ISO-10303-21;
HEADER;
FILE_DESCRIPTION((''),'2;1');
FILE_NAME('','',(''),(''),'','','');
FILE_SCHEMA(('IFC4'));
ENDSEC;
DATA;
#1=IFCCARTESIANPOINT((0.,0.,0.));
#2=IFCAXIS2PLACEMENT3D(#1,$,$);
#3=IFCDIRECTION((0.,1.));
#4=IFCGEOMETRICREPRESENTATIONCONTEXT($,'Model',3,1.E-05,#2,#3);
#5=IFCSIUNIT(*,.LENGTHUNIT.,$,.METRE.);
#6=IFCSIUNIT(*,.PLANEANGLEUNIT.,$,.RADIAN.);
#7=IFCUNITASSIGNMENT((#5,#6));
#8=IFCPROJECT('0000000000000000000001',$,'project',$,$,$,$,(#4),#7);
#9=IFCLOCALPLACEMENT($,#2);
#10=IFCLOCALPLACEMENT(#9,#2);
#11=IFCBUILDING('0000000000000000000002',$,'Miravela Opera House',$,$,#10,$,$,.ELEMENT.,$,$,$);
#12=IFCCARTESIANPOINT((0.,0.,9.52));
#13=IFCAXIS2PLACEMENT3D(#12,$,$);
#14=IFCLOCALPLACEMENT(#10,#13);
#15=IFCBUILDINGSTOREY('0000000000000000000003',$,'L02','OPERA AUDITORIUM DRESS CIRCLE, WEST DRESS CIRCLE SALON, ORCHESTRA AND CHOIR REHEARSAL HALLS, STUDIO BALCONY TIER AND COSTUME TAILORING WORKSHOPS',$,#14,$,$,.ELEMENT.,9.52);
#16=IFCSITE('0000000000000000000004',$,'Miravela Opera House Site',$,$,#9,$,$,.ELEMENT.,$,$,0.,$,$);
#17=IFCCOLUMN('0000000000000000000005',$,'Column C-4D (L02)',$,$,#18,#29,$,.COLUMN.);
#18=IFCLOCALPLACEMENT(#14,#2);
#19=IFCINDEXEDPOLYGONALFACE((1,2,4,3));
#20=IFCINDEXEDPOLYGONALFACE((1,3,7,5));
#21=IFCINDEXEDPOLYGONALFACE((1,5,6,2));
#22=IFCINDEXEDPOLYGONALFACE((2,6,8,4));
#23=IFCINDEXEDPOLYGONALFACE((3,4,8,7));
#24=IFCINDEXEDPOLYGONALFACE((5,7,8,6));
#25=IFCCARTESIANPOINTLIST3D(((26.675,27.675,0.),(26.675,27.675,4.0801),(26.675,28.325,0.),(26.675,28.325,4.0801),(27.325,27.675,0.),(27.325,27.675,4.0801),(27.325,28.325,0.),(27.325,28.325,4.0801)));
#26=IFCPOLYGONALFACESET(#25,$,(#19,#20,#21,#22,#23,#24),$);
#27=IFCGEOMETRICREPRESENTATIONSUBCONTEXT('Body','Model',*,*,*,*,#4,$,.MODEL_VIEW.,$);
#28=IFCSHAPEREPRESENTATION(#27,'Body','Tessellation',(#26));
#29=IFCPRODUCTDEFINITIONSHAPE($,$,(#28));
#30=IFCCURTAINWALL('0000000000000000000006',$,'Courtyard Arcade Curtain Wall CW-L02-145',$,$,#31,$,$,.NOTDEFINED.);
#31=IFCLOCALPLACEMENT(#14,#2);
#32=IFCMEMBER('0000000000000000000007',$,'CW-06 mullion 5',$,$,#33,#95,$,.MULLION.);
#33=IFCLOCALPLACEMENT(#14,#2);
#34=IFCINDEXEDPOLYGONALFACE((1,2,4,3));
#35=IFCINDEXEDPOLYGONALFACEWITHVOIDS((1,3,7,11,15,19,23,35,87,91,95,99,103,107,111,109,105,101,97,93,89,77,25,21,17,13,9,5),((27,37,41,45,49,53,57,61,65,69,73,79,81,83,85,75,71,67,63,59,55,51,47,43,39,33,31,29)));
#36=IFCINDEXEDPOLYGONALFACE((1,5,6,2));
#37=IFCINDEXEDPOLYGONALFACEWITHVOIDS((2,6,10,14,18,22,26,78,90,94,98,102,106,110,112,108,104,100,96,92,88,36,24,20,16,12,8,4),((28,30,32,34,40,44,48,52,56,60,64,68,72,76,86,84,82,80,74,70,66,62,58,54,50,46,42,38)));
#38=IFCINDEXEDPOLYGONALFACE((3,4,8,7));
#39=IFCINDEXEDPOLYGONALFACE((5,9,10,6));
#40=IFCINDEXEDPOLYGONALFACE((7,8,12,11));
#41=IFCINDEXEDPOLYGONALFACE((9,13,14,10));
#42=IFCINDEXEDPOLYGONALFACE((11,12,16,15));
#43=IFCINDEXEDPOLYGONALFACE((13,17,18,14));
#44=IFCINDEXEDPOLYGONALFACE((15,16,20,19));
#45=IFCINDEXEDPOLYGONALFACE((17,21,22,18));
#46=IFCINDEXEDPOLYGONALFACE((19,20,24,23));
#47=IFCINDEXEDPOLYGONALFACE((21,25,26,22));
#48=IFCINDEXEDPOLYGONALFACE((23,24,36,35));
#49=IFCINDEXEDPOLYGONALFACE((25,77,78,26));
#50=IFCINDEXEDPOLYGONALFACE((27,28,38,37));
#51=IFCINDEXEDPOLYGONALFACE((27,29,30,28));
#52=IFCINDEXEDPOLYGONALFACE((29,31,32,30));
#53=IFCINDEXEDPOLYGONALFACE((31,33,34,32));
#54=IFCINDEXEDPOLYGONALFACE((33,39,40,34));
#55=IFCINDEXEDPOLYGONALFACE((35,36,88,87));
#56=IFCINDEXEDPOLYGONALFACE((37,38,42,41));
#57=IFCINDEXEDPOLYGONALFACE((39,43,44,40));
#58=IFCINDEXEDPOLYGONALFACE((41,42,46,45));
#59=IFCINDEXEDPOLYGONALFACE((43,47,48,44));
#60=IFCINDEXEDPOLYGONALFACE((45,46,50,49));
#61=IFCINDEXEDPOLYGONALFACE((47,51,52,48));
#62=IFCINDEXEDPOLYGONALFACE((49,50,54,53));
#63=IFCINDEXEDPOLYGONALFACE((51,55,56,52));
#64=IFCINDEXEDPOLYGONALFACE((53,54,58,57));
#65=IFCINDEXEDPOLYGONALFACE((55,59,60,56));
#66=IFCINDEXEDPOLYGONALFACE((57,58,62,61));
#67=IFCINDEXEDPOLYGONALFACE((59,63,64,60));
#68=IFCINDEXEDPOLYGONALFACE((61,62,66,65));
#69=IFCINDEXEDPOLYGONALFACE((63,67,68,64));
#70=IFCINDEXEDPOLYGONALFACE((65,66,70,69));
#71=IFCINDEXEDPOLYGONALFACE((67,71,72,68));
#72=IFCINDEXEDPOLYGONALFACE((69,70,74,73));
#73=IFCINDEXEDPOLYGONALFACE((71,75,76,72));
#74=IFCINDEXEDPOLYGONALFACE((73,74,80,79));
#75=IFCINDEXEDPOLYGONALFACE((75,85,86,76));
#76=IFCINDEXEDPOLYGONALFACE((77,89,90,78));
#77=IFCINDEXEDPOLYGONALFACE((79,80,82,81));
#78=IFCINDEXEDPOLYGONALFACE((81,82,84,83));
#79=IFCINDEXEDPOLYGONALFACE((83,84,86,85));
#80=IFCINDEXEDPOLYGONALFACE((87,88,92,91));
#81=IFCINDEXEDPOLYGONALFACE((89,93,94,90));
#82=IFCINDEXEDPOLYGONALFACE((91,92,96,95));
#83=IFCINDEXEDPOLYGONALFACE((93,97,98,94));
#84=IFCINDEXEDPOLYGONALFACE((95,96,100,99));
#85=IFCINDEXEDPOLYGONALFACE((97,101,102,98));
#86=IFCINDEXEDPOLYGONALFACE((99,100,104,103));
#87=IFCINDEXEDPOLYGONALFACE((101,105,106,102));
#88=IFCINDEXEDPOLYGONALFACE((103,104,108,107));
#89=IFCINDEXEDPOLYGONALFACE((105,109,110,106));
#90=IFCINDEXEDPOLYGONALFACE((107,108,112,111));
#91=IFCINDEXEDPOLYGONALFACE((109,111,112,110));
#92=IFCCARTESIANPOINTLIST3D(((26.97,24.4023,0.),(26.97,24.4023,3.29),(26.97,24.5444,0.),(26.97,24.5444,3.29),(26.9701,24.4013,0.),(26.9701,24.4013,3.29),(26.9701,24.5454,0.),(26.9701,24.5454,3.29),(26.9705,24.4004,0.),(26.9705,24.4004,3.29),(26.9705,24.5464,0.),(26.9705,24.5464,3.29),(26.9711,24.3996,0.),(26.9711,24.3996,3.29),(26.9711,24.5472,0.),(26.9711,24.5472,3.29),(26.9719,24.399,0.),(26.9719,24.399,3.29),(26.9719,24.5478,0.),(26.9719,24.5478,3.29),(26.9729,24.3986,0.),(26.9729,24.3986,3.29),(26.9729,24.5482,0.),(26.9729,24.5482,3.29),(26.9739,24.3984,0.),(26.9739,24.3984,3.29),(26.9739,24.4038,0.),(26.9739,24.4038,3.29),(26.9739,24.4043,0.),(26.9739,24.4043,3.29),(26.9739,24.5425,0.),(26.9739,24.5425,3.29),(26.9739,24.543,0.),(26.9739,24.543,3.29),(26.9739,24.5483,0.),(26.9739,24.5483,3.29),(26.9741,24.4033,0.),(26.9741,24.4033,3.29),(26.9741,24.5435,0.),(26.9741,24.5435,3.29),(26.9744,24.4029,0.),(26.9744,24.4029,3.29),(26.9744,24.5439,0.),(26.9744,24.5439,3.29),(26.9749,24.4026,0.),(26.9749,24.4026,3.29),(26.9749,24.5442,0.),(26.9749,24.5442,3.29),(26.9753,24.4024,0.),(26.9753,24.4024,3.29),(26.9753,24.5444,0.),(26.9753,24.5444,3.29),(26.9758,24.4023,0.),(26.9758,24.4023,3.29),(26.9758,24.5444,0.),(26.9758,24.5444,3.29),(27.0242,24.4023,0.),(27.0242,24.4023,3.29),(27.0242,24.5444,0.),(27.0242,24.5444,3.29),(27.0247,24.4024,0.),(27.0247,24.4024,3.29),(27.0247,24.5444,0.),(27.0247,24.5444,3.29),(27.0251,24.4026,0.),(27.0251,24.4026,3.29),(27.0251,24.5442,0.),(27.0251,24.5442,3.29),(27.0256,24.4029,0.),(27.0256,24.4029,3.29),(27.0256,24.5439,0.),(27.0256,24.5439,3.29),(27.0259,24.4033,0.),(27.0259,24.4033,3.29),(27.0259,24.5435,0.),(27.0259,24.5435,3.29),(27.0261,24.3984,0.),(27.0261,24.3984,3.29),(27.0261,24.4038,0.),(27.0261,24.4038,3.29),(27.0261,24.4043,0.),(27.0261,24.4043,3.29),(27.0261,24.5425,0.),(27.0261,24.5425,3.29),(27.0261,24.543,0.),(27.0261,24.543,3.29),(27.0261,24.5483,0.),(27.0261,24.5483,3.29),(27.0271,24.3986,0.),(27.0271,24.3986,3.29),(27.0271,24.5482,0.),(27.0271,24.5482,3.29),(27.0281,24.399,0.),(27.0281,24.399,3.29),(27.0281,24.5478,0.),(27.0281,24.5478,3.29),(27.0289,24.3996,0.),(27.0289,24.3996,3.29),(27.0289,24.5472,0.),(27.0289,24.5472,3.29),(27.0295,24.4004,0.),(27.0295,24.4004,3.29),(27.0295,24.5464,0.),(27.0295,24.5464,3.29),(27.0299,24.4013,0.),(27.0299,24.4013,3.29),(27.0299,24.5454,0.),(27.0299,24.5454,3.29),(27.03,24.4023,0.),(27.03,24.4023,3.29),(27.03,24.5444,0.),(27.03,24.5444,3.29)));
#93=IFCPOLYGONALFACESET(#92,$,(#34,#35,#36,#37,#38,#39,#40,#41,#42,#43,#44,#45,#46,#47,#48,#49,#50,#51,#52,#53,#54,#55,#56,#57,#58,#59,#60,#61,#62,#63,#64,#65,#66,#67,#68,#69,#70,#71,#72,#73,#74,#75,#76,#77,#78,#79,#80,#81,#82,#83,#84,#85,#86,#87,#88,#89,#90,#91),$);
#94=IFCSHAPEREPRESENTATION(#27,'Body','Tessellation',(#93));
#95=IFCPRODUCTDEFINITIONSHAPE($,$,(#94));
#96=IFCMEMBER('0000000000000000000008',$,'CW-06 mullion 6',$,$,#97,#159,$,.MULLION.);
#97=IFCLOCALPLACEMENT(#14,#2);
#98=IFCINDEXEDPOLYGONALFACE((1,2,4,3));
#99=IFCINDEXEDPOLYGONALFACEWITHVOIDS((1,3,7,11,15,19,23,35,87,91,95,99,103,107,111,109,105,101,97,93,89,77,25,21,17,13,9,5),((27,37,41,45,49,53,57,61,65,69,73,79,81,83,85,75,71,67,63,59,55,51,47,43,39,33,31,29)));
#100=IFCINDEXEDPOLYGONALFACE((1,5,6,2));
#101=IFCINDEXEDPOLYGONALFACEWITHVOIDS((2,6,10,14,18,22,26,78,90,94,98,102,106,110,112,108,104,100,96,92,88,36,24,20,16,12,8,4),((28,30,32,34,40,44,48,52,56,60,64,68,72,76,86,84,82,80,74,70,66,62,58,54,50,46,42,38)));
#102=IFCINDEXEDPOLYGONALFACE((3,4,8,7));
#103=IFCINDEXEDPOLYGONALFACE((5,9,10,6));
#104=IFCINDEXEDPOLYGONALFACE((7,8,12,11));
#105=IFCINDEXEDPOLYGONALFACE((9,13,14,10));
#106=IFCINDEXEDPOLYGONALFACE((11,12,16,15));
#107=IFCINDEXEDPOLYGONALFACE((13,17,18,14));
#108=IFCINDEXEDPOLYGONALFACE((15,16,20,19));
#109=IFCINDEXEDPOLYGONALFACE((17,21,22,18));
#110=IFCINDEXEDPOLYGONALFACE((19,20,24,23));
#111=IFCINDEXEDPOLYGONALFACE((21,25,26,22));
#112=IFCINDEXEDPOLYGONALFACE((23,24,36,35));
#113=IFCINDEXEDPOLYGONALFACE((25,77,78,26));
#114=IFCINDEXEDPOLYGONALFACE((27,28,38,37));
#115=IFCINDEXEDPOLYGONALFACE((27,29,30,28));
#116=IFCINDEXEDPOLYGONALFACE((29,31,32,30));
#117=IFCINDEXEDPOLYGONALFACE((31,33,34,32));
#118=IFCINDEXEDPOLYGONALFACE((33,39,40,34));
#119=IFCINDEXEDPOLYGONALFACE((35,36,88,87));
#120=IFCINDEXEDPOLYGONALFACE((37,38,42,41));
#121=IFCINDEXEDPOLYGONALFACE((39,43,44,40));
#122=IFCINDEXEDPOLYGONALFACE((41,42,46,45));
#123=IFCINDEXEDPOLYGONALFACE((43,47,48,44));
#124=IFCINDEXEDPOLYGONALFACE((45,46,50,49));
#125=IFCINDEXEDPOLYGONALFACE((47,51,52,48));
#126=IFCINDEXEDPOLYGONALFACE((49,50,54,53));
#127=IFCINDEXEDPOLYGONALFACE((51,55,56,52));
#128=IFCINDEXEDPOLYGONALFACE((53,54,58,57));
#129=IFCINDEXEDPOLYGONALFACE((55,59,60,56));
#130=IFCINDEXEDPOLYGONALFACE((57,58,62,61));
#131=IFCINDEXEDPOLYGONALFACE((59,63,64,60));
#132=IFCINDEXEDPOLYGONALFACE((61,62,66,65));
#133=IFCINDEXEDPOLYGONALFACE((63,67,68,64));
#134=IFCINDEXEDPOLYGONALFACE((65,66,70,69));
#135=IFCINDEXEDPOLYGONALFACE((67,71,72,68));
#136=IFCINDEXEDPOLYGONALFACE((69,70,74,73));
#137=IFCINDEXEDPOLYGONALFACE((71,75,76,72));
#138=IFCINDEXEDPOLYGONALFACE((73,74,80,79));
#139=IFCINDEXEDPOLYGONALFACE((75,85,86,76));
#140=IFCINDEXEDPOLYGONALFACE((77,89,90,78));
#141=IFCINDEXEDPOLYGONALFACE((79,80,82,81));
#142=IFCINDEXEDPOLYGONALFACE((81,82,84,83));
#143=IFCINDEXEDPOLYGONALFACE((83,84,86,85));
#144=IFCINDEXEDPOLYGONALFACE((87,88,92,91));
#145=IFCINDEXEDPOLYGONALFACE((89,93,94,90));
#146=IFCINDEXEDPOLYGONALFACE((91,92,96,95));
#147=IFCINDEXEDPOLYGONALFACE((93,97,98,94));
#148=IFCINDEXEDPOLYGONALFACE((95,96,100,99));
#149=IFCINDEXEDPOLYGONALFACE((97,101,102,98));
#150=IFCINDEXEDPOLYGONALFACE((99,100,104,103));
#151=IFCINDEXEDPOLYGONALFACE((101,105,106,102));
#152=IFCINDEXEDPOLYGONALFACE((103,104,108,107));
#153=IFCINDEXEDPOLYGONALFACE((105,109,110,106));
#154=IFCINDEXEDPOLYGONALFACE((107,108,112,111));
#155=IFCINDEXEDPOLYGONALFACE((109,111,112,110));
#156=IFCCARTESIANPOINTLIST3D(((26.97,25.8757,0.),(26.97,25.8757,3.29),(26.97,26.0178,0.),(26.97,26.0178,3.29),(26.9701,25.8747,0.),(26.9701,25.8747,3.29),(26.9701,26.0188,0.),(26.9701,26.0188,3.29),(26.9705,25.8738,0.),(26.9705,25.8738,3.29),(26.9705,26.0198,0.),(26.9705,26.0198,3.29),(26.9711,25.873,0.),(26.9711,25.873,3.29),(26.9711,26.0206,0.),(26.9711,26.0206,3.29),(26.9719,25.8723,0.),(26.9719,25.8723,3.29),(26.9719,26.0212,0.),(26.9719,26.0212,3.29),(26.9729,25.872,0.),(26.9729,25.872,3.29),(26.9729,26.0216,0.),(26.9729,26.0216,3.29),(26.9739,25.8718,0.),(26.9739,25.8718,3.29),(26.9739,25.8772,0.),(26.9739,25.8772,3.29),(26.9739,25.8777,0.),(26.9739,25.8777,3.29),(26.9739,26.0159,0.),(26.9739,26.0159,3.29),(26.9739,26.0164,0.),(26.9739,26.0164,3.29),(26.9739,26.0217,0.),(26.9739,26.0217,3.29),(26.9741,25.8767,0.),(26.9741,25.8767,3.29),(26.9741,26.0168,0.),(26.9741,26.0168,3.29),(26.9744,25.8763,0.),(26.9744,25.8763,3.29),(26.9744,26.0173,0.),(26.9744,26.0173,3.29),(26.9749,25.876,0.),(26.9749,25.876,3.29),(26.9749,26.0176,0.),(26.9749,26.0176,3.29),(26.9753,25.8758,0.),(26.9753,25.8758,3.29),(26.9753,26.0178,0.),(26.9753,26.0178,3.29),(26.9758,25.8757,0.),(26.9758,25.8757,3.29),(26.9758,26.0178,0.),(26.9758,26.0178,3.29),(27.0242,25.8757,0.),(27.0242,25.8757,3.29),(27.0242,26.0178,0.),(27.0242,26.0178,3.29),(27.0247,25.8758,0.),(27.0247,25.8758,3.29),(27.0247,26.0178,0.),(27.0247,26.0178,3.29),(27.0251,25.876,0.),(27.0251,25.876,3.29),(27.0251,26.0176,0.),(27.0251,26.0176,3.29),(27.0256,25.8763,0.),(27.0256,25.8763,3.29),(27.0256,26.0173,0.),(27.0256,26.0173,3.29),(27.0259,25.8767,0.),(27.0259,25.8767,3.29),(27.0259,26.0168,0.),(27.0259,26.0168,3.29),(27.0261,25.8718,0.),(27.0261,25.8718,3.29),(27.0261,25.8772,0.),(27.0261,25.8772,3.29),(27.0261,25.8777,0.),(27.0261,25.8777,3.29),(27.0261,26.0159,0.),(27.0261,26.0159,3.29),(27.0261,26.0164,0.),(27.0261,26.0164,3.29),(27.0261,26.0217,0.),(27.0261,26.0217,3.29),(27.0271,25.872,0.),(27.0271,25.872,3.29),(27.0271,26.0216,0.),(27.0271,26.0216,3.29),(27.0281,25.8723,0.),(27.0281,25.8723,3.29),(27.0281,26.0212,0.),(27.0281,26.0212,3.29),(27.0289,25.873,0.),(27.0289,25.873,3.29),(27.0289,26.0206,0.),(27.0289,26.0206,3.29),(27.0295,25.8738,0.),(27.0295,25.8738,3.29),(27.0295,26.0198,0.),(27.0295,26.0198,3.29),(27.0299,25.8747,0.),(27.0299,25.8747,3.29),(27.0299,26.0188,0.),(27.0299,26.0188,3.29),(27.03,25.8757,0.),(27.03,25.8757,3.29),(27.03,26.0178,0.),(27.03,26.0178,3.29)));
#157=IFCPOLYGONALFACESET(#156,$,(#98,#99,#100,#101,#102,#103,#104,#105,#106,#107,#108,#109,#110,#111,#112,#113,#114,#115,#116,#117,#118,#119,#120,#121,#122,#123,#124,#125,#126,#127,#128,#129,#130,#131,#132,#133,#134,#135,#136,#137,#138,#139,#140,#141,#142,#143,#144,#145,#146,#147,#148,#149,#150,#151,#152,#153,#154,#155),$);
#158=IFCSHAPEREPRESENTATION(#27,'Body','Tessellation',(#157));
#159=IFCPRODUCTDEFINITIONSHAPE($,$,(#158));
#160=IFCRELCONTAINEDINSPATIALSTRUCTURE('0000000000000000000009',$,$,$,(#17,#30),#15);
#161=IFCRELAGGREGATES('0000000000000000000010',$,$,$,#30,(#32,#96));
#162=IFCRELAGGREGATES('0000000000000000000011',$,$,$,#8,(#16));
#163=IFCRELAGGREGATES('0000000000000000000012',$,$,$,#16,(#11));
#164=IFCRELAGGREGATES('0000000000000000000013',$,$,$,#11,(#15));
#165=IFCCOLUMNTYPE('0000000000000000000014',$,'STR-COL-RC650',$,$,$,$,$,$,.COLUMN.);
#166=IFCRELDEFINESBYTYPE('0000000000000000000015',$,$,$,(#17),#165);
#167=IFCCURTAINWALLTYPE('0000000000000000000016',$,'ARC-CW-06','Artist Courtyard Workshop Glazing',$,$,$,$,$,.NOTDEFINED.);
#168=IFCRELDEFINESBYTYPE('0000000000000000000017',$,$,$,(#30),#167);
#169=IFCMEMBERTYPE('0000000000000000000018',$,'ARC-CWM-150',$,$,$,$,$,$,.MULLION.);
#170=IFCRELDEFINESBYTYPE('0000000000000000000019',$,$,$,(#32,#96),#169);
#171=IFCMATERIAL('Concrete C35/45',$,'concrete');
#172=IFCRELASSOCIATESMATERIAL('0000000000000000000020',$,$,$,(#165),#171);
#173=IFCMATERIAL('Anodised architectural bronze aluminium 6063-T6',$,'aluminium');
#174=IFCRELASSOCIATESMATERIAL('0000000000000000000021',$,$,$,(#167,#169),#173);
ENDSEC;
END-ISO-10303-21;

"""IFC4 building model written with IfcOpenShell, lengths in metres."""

from ifc_helpers import new_model, si_unit, direction, frame, origin, origin_2d, place, context, subcontext, project, spatial, rectangle, hollow_rectangle, extrude, material, material_profile, profile_set, type_object, element, aggregate, save


model = new_model("IFC4")

# Units and contexts
model_context = context("Model", 3, precision=1e-05, world=origin(), true_north=direction((0.0, 1.0)))
body_context = subcontext(model_context, "Body", "Model", "MODEL_VIEW")
ifc_project = project(units=[si_unit("LENGTHUNIT", "METRE"), si_unit("PLANEANGLEUNIT", "RADIAN")], contexts=[model_context])

# Site, building, storey
site_placement = place(None, origin())
site = spatial("IfcSite", under=ifc_project, at=site_placement, Name="Miravela Opera House Site", CompositionType="ELEMENT", RefElevation=0.0)
building_placement = place(site_placement, origin())
building = spatial("IfcBuilding", under=site, at=building_placement, Name="Miravela Opera House", CompositionType="ELEMENT")
storey_placement = place(building_placement, frame((0.0, 0.0, 9.52)))
storey = spatial("IfcBuildingStorey", under=building, at=storey_placement, Name="L02", Description="OPERA AUDITORIUM DRESS CIRCLE, WEST DRESS CIRCLE SALON, ORCHESTRA AND CHOIR REHEARSAL HALLS, STUDIO BALCONY TIER AND COSTUME TAILORING WORKSHOPS", CompositionType="ELEMENT", Elevation=9.52)

# Column
ifc_material_1 = material(Name="Concrete C35/45", Category="concrete")
ifc_material_profile_1 = material_profile(ifc_material_1, rectangle(XDim=0.6499, YDim=0.6499, at=origin_2d()), Name="RC-COL-650X650")
ifc_profile_set_1 = profile_set([ifc_material_profile_1])
column_type = type_object("IfcColumnType", Name="STR-COL-RC650", PredefinedType="COLUMN", material=ifc_profile_set_1)
column_placement = place(storey_placement, frame((27.0, 28.0, 0.0), z_axis=(0.0, 0.0, 1.0), x_axis=(1.0, 0.0, 0.0)))
element("IfcColumn", 1, at=column_placement, inside=storey, type_object=column_type, Name="Column C-4D (L02)", PredefinedType="COLUMN", context=body_context, shape_type="SweptSolid", body=[
    extrude(rectangle(XDim=0.6499, YDim=0.6499, at=origin_2d()), origin(), (0.0, 0.0, 1.0), 4.0801),
])

# Curtain wall, members
ifc_material_2 = material(Name="Anodised architectural bronze aluminium 6063-T6", Category="aluminium")
curtain_wall_type = type_object("IfcCurtainWallType", Name="ARC-CW-06", Description="Artist Courtyard Workshop Glazing", PredefinedType="NOTDEFINED", material=ifc_material_2)
curtain_wall_placement = place(storey_placement, origin())
curtain_wall = element("IfcCurtainWall", 2, at=curtain_wall_placement, inside=storey, type_object=curtain_wall_type, Name="Courtyard Arcade Curtain Wall CW-L02-145", PredefinedType="NOTDEFINED")
ifc_material_profile_2 = material_profile(ifc_material_2, hollow_rectangle(XDim=0.0601, YDim=0.1499, WallThickness=0.0039, InnerFilletRadius=0.002, OuterFilletRadius=0.0039, at=origin_2d()), Name="CWM-60X150")
ifc_profile_set_2 = profile_set([ifc_material_profile_2])
member_type_1 = type_object("IfcMemberType", Name="ARC-CWM-150", PredefinedType="MULLION", material=ifc_profile_set_2)
member_1_placement = place(storey_placement, frame((27.0, 24.4734, 0.0), z_axis=(0.0, 0.0, 1.0), x_axis=(-1.0, 0.0, 0.0)))
member_1 = element("IfcMember", 3, at=member_1_placement, type_object=member_type_1, Name="CW-06 mullion 5", PredefinedType="MULLION", context=body_context, shape_type="SweptSolid", body=[
    extrude(hollow_rectangle(XDim=0.0601, YDim=0.1499, WallThickness=0.0039, InnerFilletRadius=0.002, OuterFilletRadius=0.0039, at=origin_2d()), origin(), (0.0, 0.0, 1.0), 3.29),
])
member_2_placement = place(storey_placement, frame((27.0, 25.9468, 0.0), z_axis=(0.0, 0.0, 1.0), x_axis=(-1.0, 0.0, 0.0)))
member_2 = element("IfcMember", 4, at=member_2_placement, type_object=member_type_1, Name="CW-06 mullion 6", PredefinedType="MULLION", context=body_context, shape_type="SweptSolid", body=[
    extrude(hollow_rectangle(XDim=0.0601, YDim=0.1499, WallThickness=0.0039, InnerFilletRadius=0.002, OuterFilletRadius=0.0039, at=origin_2d()), origin(), (0.0, 0.0, 1.0), 3.29),
])

aggregate(curtain_wall, [member_1, member_2])

save(model, "model.ifc")
